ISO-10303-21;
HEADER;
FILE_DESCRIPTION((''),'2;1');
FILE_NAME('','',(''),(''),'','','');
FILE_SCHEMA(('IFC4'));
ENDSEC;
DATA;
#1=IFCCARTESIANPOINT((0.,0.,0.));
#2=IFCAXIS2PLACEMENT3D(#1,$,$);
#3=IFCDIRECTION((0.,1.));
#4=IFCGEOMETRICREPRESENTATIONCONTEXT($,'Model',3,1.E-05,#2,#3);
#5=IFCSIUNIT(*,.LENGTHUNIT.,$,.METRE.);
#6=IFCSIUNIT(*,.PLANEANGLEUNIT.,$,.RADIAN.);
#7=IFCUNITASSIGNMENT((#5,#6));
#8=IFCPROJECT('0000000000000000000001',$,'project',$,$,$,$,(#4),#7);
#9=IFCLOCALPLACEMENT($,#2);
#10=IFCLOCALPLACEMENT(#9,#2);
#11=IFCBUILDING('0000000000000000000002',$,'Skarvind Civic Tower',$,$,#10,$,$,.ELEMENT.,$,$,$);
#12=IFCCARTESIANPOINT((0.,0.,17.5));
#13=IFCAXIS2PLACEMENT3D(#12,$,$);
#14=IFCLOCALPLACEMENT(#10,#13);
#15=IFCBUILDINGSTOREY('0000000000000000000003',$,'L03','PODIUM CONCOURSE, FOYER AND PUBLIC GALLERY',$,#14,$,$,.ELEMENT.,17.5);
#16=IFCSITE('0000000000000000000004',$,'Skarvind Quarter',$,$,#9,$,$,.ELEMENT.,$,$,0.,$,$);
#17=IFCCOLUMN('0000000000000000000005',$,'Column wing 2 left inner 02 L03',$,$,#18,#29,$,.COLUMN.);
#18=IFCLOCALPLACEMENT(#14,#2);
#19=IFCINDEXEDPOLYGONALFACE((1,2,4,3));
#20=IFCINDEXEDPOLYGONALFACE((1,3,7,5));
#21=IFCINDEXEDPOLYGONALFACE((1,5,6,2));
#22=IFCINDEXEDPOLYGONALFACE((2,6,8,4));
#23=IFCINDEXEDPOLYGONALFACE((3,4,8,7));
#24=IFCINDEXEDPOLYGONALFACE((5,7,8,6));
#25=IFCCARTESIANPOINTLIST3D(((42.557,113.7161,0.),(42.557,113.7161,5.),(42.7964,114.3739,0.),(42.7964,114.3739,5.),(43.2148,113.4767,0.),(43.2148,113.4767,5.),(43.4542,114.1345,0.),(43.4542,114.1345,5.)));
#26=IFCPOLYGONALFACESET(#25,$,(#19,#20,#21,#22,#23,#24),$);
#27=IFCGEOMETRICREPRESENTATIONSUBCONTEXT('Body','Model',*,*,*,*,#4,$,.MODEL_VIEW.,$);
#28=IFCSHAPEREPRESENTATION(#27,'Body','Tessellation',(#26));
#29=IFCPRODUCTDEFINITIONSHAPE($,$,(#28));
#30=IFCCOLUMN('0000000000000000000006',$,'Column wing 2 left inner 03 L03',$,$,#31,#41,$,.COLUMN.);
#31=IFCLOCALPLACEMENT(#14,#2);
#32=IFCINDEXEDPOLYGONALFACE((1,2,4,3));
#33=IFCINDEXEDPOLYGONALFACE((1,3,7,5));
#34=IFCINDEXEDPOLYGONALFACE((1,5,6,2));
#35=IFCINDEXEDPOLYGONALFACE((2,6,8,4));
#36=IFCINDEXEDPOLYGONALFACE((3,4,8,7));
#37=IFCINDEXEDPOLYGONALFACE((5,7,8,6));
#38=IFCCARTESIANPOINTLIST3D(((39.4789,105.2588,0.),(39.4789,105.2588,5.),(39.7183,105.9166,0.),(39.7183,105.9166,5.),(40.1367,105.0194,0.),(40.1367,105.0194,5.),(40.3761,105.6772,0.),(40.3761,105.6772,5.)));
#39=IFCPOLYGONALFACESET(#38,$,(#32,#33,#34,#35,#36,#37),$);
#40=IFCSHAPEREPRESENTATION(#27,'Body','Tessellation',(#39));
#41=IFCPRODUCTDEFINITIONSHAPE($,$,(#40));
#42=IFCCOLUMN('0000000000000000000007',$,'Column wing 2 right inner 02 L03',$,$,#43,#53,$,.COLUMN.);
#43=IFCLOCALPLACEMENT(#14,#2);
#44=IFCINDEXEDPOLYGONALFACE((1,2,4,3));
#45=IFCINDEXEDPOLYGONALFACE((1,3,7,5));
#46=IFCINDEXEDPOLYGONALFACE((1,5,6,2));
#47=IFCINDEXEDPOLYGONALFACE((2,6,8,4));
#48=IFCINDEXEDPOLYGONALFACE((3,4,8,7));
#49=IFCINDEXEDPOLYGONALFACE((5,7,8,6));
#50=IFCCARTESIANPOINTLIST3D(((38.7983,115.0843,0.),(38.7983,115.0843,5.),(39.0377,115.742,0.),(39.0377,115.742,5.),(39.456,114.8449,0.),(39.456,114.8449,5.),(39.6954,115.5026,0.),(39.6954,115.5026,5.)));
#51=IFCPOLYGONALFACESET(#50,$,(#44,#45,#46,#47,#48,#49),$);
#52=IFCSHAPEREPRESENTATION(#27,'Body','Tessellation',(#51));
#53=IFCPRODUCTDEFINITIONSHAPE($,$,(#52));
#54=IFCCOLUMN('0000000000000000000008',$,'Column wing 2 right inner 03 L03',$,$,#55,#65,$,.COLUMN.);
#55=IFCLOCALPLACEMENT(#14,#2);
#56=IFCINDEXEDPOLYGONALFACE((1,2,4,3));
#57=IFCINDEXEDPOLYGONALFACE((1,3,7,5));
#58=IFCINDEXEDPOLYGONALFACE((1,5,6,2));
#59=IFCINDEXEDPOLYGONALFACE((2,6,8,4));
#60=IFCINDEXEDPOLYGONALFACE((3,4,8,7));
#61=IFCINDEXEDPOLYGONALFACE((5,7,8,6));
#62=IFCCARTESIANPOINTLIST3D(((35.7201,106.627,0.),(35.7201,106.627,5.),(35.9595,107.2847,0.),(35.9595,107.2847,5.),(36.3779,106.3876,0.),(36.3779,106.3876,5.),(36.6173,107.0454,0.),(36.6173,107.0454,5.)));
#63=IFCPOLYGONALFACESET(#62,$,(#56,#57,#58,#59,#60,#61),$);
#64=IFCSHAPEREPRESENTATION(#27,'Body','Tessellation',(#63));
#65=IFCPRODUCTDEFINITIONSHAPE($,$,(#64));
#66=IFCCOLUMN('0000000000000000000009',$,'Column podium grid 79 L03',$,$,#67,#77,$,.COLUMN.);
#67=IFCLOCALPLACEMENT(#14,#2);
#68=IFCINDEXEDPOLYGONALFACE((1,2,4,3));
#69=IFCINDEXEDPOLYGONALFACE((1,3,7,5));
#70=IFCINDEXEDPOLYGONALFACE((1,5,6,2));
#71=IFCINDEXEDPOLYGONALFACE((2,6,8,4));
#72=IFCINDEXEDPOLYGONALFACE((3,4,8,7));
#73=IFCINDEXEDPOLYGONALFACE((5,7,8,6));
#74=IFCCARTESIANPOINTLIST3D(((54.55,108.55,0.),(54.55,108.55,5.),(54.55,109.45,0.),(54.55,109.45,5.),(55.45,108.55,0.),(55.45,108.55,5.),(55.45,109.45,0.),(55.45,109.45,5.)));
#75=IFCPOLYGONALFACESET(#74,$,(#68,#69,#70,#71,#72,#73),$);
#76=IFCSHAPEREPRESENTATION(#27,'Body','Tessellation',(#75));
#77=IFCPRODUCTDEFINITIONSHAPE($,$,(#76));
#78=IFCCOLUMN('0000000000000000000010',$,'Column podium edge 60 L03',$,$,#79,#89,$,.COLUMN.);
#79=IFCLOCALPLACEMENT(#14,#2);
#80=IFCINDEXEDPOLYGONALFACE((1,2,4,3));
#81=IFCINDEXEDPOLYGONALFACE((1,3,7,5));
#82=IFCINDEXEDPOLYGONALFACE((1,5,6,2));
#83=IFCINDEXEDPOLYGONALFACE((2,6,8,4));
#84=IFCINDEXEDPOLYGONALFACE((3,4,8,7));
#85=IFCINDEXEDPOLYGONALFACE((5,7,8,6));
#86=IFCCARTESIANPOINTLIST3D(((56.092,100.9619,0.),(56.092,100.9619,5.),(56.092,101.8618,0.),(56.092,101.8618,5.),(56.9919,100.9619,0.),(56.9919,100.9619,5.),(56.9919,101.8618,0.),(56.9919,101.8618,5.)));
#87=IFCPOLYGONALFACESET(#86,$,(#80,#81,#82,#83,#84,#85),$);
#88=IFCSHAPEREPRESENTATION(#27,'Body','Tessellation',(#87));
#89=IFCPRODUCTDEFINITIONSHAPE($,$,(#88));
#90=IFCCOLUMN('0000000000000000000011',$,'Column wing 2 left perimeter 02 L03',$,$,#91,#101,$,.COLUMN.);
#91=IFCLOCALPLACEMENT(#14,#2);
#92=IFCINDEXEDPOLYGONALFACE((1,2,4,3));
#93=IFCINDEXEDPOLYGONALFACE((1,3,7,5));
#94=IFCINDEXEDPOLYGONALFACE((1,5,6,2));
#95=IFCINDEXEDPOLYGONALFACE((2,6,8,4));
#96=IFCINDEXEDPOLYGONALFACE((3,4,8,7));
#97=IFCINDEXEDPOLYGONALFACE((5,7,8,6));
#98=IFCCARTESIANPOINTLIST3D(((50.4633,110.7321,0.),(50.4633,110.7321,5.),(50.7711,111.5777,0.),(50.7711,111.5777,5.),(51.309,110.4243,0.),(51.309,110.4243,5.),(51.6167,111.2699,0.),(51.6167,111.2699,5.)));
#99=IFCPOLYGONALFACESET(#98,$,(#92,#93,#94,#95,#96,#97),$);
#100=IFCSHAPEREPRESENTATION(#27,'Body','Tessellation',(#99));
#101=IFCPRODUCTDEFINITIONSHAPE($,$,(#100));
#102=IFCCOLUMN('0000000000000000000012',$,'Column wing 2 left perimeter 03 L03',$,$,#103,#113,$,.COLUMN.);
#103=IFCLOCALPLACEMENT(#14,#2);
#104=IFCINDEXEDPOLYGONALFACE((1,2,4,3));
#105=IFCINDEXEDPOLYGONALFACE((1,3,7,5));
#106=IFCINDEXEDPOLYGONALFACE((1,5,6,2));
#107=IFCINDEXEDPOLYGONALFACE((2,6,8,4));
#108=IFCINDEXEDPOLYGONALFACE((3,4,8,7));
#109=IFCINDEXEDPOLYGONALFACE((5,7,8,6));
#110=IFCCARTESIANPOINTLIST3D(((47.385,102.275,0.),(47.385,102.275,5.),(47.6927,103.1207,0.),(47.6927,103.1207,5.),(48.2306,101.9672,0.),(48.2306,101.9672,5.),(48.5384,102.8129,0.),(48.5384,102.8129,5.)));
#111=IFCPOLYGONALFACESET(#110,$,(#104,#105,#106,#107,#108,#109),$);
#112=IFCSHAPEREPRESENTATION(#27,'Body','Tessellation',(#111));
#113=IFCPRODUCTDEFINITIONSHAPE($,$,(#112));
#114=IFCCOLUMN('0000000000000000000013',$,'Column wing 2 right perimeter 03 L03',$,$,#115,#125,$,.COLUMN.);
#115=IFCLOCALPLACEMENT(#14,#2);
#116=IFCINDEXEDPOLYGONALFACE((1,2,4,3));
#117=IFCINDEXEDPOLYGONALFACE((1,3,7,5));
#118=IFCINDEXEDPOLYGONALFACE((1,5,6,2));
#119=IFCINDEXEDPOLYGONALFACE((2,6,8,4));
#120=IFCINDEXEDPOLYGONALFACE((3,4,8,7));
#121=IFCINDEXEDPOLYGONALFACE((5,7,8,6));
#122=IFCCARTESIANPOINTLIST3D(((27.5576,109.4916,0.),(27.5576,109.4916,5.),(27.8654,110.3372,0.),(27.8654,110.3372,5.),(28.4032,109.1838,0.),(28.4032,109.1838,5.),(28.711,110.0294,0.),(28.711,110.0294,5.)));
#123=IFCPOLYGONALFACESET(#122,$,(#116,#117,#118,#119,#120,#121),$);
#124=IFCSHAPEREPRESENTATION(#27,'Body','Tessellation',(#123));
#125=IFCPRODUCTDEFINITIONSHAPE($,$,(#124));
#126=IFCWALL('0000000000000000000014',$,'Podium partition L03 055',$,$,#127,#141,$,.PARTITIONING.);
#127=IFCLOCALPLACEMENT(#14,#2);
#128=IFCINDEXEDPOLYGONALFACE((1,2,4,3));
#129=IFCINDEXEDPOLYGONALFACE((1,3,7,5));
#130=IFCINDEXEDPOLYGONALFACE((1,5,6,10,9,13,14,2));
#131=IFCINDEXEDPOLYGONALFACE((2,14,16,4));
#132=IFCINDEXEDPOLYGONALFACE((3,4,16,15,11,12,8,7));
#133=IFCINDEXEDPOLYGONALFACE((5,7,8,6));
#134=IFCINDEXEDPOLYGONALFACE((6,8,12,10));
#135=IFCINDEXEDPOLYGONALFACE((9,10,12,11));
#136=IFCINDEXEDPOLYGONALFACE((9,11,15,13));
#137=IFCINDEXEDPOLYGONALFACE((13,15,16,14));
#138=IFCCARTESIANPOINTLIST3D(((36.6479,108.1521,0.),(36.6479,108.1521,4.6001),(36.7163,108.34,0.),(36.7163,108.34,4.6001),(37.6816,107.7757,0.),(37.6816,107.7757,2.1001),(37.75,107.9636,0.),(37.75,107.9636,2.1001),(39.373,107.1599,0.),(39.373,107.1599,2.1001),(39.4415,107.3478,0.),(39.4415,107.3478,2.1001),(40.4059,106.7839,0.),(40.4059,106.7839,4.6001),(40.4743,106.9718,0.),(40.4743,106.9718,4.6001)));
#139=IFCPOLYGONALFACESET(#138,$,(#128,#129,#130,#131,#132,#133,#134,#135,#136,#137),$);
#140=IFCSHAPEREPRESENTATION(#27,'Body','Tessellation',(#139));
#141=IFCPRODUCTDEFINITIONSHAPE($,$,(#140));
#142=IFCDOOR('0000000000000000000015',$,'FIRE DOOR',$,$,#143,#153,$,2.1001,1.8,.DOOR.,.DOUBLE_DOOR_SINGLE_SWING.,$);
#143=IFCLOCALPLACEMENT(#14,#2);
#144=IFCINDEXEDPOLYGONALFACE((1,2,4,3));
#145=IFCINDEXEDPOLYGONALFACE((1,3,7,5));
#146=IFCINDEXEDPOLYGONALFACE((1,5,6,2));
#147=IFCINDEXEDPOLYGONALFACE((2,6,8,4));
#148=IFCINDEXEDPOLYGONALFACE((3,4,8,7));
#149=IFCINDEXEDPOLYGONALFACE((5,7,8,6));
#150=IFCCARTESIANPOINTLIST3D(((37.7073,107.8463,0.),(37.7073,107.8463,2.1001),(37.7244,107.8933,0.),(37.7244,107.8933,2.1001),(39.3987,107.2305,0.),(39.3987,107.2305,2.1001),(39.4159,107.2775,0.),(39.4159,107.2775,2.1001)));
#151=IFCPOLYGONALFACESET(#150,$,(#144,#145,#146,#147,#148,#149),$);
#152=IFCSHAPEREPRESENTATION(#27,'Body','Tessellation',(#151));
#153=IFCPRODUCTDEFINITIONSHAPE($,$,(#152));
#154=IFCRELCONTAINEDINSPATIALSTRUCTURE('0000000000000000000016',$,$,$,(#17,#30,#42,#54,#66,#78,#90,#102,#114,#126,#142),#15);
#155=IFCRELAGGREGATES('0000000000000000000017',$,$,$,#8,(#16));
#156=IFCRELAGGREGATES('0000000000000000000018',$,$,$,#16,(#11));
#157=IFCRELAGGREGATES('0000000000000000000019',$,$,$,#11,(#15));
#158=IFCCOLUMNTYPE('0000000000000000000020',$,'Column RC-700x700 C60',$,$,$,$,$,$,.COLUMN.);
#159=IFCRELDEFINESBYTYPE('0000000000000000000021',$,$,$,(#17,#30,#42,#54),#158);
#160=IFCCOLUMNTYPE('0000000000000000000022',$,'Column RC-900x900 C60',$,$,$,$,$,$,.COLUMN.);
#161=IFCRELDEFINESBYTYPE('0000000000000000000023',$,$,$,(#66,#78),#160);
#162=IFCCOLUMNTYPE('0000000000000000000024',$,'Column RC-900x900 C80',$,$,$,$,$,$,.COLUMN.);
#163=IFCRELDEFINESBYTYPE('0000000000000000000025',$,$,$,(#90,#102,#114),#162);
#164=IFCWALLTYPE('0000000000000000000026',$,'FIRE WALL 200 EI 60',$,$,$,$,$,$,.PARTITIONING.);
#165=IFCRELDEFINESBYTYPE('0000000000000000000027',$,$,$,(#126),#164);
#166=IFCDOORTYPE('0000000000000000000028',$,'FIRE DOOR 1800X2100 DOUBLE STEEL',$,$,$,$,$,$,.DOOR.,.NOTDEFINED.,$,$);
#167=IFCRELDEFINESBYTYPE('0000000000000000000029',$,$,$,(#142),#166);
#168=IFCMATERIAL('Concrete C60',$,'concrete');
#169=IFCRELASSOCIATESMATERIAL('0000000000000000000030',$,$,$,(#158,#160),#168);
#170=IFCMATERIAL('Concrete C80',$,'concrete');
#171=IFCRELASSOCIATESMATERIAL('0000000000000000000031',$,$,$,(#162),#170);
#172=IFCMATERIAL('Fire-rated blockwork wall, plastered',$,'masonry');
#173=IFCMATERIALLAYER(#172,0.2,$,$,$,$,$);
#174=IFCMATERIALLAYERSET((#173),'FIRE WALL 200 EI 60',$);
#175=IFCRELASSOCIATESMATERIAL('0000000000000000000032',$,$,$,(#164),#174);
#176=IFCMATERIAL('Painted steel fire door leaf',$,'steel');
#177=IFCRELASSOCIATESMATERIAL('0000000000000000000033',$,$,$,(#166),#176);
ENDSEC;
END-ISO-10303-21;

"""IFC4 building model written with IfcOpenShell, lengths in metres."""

from ifc_helpers import new_model, si_unit, direction, frame, frame_2d, origin, origin_2d, place, context, subcontext, project, spatial, rectangle, extrude, material, layer, layer_set, material_profile, profile_set, type_object, element, fill, save


model = new_model("IFC4")

# Units and contexts
model_context = context("Model", 3, precision=1e-05, world=origin(), true_north=direction((0.0, 1.0)))
body_context = subcontext(model_context, "Body", "Model", "MODEL_VIEW")
ifc_project = project(units=[si_unit("LENGTHUNIT", "METRE"), si_unit("PLANEANGLEUNIT", "RADIAN")], contexts=[model_context])

# Site, building, storey
site_placement = place(None, origin())
site = spatial("IfcSite", under=ifc_project, at=site_placement, Name="Skarvind Quarter", CompositionType="ELEMENT", RefElevation=0.0)
building_placement = place(site_placement, origin())
building = spatial("IfcBuilding", under=site, at=building_placement, Name="Skarvind Civic Tower", CompositionType="ELEMENT")
storey_placement = place(building_placement, frame((0.0, 0.0, 17.5)))
storey = spatial("IfcBuildingStorey", under=building, at=storey_placement, Name="L03", Description="PODIUM CONCOURSE, FOYER AND PUBLIC GALLERY", CompositionType="ELEMENT", Elevation=17.5)

# Columns
ifc_material_1 = material(Name="Concrete C60", Category="concrete")
ifc_material_profile_1 = material_profile(ifc_material_1, rectangle(XDim=0.7, YDim=0.7, at=origin_2d()), Name="RC-700x700")
ifc_profile_set_1 = profile_set([ifc_material_profile_1], Name="Concrete C60")
column_type_1 = type_object("IfcColumnType", Name="Column RC-700x700 C60", PredefinedType="COLUMN", material=ifc_profile_set_1)
for number, where, z_axis, x_axis, name in (
    (1, (43.0056, 113.9253, 0.0), (0.0, 0.0, 1.0), (-0.34202, -0.939693, 0.0), "Column wing 2 left inner 02 L03"),
    (2, (39.9275, 105.468, 0.0), (0.0, 0.0, 1.0), (-0.34202, -0.939693, 0.0), "Column wing 2 left inner 03 L03"),
    (3, (39.2468, 115.2935, 0.0), (0.0, 0.0, 1.0), (-0.34202, -0.939693, 0.0), "Column wing 2 right inner 02 L03"),
    (4, (36.1687, 106.8362, 0.0), (0.0, 0.0, 1.0), (-0.34202, -0.939693, 0.0), "Column wing 2 right inner 03 L03"),
):
    element("IfcColumn", number, at=place(storey_placement, frame(where, z_axis=z_axis, x_axis=x_axis)), inside=storey, type_object=column_type_1, Name=name, PredefinedType="COLUMN", context=body_context, shape_type="SweptSolid", body=[
        extrude(rectangle(XDim=0.7, YDim=0.7, at=origin_2d()), origin(), (0.0, 0.0, 1.0), 5.0),
    ])
ifc_material_profile_2 = material_profile(ifc_material_1, rectangle(XDim=0.8999, YDim=0.8999, at=origin_2d()), Name="RC-900x900")
ifc_profile_set_2 = profile_set([ifc_material_profile_2], Name="Concrete C60")
column_type_2 = type_object("IfcColumnType", Name="Column RC-900x900 C60", PredefinedType="COLUMN", material=ifc_profile_set_2)
for number, where, z_axis, x_axis, name in (
    (5, (55.0, 109.0, 0.0), (0.0, 0.0, 1.0), (1.0, 0.0, 0.0), "Column podium grid 79 L03"),
    (6, (56.542, 101.4119, 0.0), (0.0, 0.0, 1.0), (1.0, 0.0, 0.0), "Column podium edge 60 L03"),
):
    element("IfcColumn", number, at=place(storey_placement, frame(where, z_axis=z_axis, x_axis=x_axis)), inside=storey, type_object=column_type_2, Name=name, PredefinedType="COLUMN", context=body_context, shape_type="SweptSolid", body=[
        extrude(rectangle(XDim=0.8999, YDim=0.8999, at=origin_2d()), origin(), (0.0, 0.0, 1.0), 5.0),
    ])
ifc_material_2 = material(Name="Concrete C80", Category="concrete")
ifc_material_profile_3 = material_profile(ifc_material_2, rectangle(XDim=0.8999, YDim=0.8999, at=origin_2d()), Name="RC-900x900")
ifc_profile_set_3 = profile_set([ifc_material_profile_3], Name="Concrete C80")
column_type_3 = type_object("IfcColumnType", Name="Column RC-900x900 C80", PredefinedType="COLUMN", material=ifc_profile_set_3)
for number, where, z_axis, x_axis, name in (
    (7, (51.04, 111.001, 0.0), (0.0, 0.0, 1.0), (-0.34202, -0.939693, 0.0), "Column wing 2 left perimeter 02 L03"),
    (8, (47.9617, 102.5439, 0.0), (0.0, 0.0, 1.0), (-0.34202, -0.939693, 0.0), "Column wing 2 left perimeter 03 L03"),
    (9, (28.1343, 109.7605, 0.0), (0.0, 0.0, 1.0), (-0.34202, -0.939693, 0.0), "Column wing 2 right perimeter 03 L03"),
):
    element("IfcColumn", number, at=place(storey_placement, frame(where, z_axis=z_axis, x_axis=x_axis)), inside=storey, type_object=column_type_3, Name=name, PredefinedType="COLUMN", context=body_context, shape_type="SweptSolid", body=[
        extrude(rectangle(XDim=0.8999, YDim=0.8999, at=origin_2d()), origin(), (0.0, 0.0, 1.0), 5.0),
    ])

# Wall, opening, door
ifc_material_3 = material(Name="Fire-rated blockwork wall, plastered", Category="masonry")
ifc_layer_1 = layer(ifc_material_3, 0.2)
ifc_layer_set_1 = layer_set([ifc_layer_1], Name="FIRE WALL 200 EI 60")
wall_type_1 = type_object("IfcWallType", Name="FIRE WALL 200 EI 60", PredefinedType="PARTITIONING", material=ifc_layer_set_1)
wall_1_placement = place(storey_placement, frame((40.4399, 106.8779, 0.0), z_axis=(0.0, 0.0, 1.0), x_axis=(-0.939665, 0.342096, 0.0)))
wall_1 = element("IfcWall", 10, at=wall_1_placement, inside=storey, type_object=wall_type_1, Name="Podium partition L03 055", PredefinedType="PARTITIONING", context=body_context, shape_type="SweptSolid", body=[
    extrude(rectangle(XDim=3.9993, YDim=0.2, at=frame_2d((1.9995, 0.0))), origin(), (0.0, 0.0, 1.0), 4.6001),
])
opening_1_placement = place(wall_1_placement, frame((1.0991, 0.0, 0.0)))
opening_1 = element("IfcOpeningElement", 11, at=opening_1_placement, cuts=wall_1, PredefinedType="OPENING", context=body_context, shape_type="SweptSolid", body=[
    extrude(rectangle(XDim=1.8, YDim=2.1001, at=frame_2d((0.8999, 1.05))), frame((0.0, 0.1099, 0.0), z_axis=(0.0, -1.0, 0.0), x_axis=(1.0, 0.0, 0.0)), (0.0, 0.0, 1.0), 0.22),
])
ifc_material_4 = material(Name="Painted steel fire door leaf", Category="steel")
door_type_1 = type_object("IfcDoorType", Name="FIRE DOOR 1800X2100 DOUBLE STEEL", OperationType="NOTDEFINED", PredefinedType="DOOR", material=ifc_material_4)
door_1_placement = place(opening_1_placement, origin())
door_1 = element("IfcDoor", 12, at=door_1_placement, inside=storey, type_object=door_type_1, Name="FIRE DOOR", OperationType="DOUBLE_DOOR_SINGLE_SWING", OverallHeight=2.1001, OverallWidth=1.8, PredefinedType="DOOR", context=body_context, shape_type="SweptSolid", body=[
    extrude(rectangle(XDim=1.8, YDim=2.1001, at=frame_2d((0.8999, 1.05))), frame((0.0, 0.0249, 0.0), z_axis=(0.0, -1.0, 0.0), x_axis=(1.0, 0.0, 0.0)), (0.0, 0.0, 1.0), 0.05),
])
fill(opening_1, door_1)

save(model, "model.ifc")
